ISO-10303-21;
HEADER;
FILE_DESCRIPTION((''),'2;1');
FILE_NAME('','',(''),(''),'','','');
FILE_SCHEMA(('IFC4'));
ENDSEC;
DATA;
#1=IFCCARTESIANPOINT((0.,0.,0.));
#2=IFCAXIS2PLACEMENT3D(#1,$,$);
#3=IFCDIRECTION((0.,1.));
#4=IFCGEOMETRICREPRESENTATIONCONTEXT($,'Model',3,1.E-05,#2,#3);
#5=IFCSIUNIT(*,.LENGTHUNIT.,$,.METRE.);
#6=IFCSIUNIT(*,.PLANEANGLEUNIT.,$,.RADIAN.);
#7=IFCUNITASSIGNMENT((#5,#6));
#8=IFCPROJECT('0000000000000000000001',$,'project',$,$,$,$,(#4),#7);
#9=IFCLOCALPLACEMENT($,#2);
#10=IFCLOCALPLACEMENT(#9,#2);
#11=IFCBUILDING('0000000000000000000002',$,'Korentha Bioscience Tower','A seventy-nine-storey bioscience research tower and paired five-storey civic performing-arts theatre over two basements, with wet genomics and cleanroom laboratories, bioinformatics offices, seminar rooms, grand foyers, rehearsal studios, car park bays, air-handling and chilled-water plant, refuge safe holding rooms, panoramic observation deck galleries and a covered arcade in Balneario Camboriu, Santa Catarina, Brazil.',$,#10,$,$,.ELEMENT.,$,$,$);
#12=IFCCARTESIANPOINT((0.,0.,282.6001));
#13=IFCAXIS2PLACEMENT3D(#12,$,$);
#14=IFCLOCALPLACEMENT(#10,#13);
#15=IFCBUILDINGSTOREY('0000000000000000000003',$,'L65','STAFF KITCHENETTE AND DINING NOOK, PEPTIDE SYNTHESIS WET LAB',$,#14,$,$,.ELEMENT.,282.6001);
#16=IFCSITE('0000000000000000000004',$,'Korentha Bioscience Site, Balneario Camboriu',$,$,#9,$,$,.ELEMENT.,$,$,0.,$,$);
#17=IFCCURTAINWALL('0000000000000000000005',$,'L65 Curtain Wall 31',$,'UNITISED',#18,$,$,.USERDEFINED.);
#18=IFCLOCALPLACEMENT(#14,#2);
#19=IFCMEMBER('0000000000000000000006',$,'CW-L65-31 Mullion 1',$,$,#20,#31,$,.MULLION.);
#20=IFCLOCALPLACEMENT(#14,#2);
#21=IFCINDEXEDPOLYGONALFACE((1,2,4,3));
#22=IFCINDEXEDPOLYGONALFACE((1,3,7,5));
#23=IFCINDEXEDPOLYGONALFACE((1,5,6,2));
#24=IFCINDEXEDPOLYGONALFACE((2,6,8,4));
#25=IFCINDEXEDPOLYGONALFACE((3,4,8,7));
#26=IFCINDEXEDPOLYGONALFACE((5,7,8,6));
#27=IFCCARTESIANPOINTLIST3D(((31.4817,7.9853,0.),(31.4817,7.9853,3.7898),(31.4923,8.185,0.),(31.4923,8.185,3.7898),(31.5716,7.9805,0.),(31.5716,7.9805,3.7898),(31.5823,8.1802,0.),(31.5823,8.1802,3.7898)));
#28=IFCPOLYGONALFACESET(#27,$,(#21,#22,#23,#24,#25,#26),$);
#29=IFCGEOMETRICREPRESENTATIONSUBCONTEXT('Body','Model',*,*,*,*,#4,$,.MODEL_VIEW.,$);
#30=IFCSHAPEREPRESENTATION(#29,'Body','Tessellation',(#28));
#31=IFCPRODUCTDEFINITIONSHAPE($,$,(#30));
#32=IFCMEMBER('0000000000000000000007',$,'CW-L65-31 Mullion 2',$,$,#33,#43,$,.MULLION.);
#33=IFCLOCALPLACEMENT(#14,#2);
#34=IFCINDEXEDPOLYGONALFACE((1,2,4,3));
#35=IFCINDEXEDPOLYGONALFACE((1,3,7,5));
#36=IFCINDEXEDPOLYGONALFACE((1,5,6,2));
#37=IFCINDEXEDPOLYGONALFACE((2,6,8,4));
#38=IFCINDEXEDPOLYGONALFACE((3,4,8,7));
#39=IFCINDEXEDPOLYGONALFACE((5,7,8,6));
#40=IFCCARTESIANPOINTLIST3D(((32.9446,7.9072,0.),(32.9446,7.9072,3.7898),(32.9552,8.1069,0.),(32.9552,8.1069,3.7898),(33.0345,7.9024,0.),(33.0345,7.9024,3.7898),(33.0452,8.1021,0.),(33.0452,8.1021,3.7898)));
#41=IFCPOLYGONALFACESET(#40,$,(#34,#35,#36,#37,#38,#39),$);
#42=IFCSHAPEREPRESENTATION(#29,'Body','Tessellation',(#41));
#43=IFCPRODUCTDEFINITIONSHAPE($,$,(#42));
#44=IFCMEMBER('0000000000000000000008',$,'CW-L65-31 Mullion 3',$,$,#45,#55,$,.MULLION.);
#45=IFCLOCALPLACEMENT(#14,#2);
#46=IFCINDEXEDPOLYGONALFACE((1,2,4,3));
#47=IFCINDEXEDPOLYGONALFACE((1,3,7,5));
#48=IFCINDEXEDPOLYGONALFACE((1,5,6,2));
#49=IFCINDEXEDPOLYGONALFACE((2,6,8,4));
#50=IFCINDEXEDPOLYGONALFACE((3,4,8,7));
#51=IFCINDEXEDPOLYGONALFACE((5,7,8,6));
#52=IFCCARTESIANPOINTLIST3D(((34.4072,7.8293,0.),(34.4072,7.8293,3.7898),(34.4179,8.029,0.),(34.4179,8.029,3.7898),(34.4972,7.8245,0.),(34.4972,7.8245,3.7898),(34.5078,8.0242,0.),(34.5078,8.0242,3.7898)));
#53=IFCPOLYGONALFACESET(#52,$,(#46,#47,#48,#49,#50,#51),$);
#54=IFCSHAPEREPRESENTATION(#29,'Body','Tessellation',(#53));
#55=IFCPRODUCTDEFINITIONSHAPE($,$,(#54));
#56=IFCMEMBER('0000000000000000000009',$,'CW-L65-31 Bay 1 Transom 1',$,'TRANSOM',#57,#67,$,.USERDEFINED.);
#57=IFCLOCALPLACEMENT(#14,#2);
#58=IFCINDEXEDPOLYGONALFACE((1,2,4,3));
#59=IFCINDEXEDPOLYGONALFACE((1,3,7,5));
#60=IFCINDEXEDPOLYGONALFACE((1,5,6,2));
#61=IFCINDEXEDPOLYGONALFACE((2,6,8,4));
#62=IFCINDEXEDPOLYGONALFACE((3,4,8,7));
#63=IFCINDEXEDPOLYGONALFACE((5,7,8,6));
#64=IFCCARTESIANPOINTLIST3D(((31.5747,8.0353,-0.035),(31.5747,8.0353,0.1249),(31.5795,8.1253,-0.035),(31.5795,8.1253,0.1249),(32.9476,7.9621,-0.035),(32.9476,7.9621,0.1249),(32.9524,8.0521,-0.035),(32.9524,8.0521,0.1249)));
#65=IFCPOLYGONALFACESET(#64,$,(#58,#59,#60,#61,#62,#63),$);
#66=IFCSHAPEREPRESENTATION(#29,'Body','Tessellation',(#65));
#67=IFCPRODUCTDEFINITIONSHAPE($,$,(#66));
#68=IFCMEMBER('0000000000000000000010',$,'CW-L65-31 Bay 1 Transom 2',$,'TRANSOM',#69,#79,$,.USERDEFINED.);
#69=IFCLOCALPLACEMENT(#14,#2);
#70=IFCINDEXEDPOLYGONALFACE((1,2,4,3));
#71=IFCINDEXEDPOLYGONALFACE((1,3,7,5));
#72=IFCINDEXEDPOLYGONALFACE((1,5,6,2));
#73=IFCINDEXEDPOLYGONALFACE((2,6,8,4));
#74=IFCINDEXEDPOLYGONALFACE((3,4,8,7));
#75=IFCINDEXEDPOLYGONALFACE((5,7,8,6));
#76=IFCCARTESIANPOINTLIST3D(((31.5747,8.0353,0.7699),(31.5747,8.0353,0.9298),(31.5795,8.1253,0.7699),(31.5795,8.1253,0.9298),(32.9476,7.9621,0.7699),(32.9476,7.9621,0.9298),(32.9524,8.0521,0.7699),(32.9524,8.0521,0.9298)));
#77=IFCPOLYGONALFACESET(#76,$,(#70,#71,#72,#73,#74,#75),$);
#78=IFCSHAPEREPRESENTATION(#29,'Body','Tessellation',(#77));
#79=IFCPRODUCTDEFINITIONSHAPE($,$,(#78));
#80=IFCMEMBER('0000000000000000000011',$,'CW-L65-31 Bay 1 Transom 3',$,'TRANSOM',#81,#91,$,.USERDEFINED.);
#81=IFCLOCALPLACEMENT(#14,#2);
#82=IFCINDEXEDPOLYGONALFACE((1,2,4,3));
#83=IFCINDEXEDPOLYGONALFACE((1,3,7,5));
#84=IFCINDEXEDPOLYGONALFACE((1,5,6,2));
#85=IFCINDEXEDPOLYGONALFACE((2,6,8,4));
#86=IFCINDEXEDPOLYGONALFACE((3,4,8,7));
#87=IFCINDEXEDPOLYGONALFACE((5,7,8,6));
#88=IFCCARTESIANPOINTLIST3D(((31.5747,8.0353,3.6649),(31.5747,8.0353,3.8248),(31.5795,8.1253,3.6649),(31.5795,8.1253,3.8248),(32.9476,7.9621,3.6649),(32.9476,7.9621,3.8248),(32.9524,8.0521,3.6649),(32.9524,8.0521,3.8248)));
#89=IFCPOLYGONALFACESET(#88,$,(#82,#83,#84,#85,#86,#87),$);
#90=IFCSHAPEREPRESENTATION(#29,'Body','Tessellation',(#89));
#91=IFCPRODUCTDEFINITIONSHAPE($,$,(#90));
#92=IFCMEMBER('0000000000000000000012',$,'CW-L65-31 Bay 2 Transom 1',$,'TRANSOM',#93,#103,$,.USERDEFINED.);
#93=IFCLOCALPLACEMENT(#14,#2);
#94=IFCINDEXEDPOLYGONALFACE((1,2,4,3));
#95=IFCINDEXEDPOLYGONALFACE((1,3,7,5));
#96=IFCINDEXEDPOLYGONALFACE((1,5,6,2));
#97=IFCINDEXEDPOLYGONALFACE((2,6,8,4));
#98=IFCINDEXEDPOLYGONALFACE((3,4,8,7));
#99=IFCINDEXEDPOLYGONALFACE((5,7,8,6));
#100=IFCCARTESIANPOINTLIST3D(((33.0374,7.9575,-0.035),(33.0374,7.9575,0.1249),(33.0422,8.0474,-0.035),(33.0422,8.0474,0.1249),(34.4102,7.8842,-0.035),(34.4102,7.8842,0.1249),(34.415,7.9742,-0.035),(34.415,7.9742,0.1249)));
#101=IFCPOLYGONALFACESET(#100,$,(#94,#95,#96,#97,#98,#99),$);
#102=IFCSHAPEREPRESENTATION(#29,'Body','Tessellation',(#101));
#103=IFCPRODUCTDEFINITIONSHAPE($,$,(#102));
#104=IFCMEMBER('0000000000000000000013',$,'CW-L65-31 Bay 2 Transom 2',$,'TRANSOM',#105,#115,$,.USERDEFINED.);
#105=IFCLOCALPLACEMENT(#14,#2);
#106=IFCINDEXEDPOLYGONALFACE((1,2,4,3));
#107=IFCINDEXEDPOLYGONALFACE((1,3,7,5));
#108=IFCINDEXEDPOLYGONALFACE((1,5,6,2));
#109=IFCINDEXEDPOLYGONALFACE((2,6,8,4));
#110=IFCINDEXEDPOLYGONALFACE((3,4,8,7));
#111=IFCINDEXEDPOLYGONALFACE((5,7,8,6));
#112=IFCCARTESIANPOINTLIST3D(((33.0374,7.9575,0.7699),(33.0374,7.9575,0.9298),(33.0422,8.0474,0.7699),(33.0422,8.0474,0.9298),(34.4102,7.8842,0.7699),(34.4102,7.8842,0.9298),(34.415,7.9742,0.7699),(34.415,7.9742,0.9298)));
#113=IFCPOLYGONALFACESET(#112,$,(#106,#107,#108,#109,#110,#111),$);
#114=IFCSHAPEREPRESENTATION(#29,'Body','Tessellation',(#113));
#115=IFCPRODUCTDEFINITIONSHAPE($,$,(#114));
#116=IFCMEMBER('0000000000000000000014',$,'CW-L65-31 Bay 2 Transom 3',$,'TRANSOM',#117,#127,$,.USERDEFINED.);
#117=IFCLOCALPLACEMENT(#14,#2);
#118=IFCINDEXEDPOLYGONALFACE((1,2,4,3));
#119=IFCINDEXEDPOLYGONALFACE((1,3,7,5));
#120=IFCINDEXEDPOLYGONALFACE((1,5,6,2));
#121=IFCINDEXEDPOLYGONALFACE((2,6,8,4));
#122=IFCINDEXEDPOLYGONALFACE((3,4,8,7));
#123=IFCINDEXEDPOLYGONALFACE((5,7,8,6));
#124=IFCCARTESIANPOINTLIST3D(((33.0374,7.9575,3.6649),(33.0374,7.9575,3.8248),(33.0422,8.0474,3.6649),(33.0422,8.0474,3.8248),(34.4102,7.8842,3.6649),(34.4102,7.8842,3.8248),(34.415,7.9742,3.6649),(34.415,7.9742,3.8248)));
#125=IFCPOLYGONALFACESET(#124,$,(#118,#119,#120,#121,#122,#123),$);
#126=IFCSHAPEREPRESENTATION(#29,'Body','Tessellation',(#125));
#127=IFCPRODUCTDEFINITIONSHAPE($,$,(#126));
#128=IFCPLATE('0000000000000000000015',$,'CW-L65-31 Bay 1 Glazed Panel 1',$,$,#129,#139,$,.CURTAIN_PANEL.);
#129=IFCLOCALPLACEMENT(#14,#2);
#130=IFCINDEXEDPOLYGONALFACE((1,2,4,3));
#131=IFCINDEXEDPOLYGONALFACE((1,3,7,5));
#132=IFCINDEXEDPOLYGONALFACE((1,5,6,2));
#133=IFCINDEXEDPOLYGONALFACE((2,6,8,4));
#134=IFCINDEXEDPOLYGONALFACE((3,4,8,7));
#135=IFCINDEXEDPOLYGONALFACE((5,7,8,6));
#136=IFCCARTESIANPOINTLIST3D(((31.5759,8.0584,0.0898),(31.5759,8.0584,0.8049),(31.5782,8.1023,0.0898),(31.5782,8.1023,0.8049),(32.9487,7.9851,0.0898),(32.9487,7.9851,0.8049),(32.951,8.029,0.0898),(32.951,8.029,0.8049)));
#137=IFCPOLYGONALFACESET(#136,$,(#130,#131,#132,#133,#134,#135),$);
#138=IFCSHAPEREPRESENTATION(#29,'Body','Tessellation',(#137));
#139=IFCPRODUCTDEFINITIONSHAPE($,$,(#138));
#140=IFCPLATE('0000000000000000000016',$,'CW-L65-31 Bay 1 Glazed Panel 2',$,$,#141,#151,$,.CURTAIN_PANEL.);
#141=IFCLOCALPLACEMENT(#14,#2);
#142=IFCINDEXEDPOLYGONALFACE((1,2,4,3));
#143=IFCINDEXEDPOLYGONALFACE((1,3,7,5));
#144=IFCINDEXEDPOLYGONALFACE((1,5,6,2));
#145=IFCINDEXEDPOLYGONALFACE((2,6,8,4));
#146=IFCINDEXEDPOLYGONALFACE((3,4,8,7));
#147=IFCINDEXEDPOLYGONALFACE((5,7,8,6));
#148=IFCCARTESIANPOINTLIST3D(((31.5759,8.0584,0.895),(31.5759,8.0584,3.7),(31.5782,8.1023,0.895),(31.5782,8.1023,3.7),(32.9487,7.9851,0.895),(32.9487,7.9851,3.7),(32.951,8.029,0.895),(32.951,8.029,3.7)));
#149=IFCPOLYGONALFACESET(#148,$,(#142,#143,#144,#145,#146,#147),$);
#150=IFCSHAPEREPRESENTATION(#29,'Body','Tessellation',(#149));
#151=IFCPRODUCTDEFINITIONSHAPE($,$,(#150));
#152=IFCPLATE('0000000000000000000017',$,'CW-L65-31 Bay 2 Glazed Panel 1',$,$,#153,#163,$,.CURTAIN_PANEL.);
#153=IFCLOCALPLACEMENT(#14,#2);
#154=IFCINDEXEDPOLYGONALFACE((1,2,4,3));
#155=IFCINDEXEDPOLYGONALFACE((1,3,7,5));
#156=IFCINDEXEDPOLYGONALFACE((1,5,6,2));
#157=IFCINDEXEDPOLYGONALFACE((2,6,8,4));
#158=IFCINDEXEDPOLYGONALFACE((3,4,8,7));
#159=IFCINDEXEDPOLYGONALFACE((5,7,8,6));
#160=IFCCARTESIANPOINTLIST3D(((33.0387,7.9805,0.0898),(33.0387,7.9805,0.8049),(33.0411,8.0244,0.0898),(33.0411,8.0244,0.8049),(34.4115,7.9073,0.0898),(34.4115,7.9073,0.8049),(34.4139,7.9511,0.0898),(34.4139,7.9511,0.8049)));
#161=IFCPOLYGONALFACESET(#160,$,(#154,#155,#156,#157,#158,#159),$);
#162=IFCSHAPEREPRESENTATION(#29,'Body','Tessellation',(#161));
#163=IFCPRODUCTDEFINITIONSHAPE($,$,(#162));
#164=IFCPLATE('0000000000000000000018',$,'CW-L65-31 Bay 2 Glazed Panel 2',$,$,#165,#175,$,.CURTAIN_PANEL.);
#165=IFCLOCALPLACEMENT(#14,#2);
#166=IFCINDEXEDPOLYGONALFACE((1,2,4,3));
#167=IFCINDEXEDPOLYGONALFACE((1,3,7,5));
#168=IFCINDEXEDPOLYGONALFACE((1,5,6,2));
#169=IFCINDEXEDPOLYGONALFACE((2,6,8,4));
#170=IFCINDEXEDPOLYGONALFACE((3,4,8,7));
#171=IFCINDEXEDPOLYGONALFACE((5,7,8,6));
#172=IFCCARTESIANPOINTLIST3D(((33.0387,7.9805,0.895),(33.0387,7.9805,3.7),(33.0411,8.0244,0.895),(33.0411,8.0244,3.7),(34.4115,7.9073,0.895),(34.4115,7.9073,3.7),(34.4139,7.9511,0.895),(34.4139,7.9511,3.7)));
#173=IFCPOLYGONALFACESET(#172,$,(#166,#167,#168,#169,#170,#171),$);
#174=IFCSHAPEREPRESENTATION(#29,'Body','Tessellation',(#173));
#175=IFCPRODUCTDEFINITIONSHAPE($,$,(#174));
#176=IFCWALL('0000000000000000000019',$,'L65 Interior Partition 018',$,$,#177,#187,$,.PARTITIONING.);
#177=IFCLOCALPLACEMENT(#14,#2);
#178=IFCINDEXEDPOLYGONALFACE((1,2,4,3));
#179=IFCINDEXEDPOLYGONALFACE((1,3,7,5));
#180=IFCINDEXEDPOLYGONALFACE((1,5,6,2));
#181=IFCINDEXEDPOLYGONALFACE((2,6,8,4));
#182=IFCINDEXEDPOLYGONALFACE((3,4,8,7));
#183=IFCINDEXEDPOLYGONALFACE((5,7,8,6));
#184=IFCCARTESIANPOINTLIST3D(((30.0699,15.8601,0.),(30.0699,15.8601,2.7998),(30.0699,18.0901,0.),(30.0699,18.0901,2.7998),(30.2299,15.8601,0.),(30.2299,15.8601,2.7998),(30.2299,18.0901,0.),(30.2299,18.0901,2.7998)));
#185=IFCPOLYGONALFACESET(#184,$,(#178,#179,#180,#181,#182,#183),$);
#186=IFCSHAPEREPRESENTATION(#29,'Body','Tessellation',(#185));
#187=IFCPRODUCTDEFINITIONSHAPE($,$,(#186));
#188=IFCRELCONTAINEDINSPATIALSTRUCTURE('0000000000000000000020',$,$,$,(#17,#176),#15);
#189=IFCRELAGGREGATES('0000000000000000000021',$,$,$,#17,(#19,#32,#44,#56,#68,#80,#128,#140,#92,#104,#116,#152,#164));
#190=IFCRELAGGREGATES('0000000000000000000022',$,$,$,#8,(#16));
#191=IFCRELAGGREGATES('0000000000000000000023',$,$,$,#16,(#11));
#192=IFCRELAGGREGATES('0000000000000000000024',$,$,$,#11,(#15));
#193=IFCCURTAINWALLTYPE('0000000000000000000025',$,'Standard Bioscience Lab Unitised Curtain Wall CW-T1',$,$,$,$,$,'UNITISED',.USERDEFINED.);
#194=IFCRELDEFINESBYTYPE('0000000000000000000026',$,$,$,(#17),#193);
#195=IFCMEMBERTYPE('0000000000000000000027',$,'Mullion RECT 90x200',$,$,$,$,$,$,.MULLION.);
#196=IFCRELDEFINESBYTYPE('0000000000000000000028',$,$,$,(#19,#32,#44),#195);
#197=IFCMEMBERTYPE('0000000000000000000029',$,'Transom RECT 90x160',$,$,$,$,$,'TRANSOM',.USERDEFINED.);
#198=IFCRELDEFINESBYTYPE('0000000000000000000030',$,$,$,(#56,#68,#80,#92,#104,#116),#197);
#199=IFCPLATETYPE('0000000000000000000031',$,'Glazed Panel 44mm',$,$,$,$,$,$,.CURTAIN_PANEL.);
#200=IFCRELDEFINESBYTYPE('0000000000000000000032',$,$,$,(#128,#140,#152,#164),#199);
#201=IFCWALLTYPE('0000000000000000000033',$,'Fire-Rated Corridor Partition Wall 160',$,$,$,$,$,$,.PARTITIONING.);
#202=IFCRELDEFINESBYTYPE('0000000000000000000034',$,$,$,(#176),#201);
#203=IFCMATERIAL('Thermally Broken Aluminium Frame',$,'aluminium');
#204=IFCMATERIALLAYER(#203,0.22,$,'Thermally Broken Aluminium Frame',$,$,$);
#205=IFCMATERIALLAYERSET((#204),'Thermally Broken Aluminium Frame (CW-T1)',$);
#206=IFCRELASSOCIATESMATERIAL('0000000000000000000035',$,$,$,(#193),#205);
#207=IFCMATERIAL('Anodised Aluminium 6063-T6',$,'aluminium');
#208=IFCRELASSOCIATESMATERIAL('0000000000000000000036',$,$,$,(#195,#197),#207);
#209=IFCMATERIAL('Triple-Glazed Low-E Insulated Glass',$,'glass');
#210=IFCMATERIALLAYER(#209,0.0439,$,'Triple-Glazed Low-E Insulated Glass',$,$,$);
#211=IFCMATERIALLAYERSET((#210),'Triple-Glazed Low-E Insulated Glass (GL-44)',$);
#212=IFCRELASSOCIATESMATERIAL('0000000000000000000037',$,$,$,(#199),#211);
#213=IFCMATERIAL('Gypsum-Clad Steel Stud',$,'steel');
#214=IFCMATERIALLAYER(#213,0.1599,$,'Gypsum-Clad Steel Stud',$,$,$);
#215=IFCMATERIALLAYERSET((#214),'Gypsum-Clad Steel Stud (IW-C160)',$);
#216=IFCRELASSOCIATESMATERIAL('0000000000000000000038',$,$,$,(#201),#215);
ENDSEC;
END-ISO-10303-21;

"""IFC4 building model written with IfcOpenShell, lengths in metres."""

from ifc_helpers import new_model, si_unit, direction, frame, frame_2d, origin, origin_2d, place, context, subcontext, project, spatial, rectangle, extrude, material, layer, layer_set, material_profile, profile_set, type_object, element, aggregate, save


model = new_model("IFC4")

# Units and contexts
model_context = context("Model", 3, precision=1e-05, world=origin(), true_north=direction((0.0, 1.0)))
body_context = subcontext(model_context, "Body", "Model", "MODEL_VIEW")
ifc_project = project(units=[si_unit("LENGTHUNIT", "METRE"), si_unit("PLANEANGLEUNIT", "RADIAN")], contexts=[model_context])

# Site, building, storey
site_placement = place(None, origin())
site = spatial("IfcSite", under=ifc_project, at=site_placement, Name="Korentha Bioscience Site, Balneario Camboriu", CompositionType="ELEMENT", RefElevation=0.0)
building_placement = place(site_placement, origin())
building = spatial("IfcBuilding", under=site, at=building_placement, Name="Korentha Bioscience Tower", Description="A seventy-nine-storey bioscience research tower and paired five-storey civic performing-arts theatre over two basements, with wet genomics and cleanroom laboratories, bioinformatics offices, seminar rooms, grand foyers, rehearsal studios, car park bays, air-handling and chilled-water plant, refuge safe holding rooms, panoramic observation deck galleries and a covered arcade in Balneario Camboriu, Santa Catarina, Brazil.", CompositionType="ELEMENT")
storey_placement = place(building_placement, frame((0.0, 0.0, 282.6001)))
storey = spatial("IfcBuildingStorey", under=building, at=storey_placement, Name="L65", Description="STAFF KITCHENETTE AND DINING NOOK, PEPTIDE SYNTHESIS WET LAB", CompositionType="ELEMENT", Elevation=282.6001)

# Curtain wall, members, plates
ifc_material_1 = material(Name="Thermally Broken Aluminium Frame", Category="aluminium")
ifc_layer_1 = layer(ifc_material_1, 0.22, Name="Thermally Broken Aluminium Frame")
ifc_layer_set_1 = layer_set([ifc_layer_1], Name="Thermally Broken Aluminium Frame (CW-T1)")
curtain_wall_type = type_object("IfcCurtainWallType", Name="Standard Bioscience Lab Unitised Curtain Wall CW-T1", ElementType="UNITISED", PredefinedType="USERDEFINED", material=ifc_layer_set_1)
curtain_wall_placement = place(storey_placement, origin())
curtain_wall = element("IfcCurtainWall", 1, at=curtain_wall_placement, inside=storey, type_object=curtain_wall_type, Name="L65 Curtain Wall 31", ObjectType="UNITISED", PredefinedType="USERDEFINED")
ifc_material_2 = material(Name="Anodised Aluminium 6063-T6", Category="aluminium")
ifc_material_profile_1 = material_profile(ifc_material_2, rectangle(XDim=0.0901, YDim=0.2, at=origin_2d()), Name="Anodised Aluminium 6063-T6")
ifc_profile_set_1 = profile_set([ifc_material_profile_1], Name="Anodised Aluminium 6063-T6 (CW-MUL)")
member_type_1 = type_object("IfcMemberType", Name="Mullion RECT 90x200", PredefinedType="MULLION", material=ifc_profile_set_1)
member_1_placement = place(storey_placement, frame((31.532, 8.0828, 0.0), z_axis=(0.0, 0.0, 1.0), x_axis=(0.998579, -0.053285, 0.0)))
member_1 = element("IfcMember", 2, at=member_1_placement, type_object=member_type_1, Name="CW-L65-31 Mullion 1", PredefinedType="MULLION", context=body_context, shape_type="SweptSolid", body=[
    extrude(rectangle(XDim=0.0901, YDim=0.2, at=origin_2d()), origin(), (0.0, 0.0, 1.0), 3.7898),
])
member_2_placement = place(storey_placement, frame((32.9949, 8.0046, 0.0), z_axis=(0.0, 0.0, 1.0), x_axis=(0.998579, -0.053285, 0.0)))
member_2 = element("IfcMember", 3, at=member_2_placement, type_object=member_type_1, Name="CW-L65-31 Mullion 2", PredefinedType="MULLION", context=body_context, shape_type="SweptSolid", body=[
    extrude(rectangle(XDim=0.0901, YDim=0.2, at=origin_2d()), origin(), (0.0, 0.0, 1.0), 3.7898),
])
member_3_placement = place(storey_placement, frame((34.4575, 7.9268, 0.0), z_axis=(0.0, 0.0, 1.0), x_axis=(0.998579, -0.053285, 0.0)))
member_3 = element("IfcMember", 4, at=member_3_placement, type_object=member_type_1, Name="CW-L65-31 Mullion 3", PredefinedType="MULLION", context=body_context, shape_type="SweptSolid", body=[
    extrude(rectangle(XDim=0.0901, YDim=0.2, at=origin_2d()), origin(), (0.0, 0.0, 1.0), 3.7898),
])
ifc_material_profile_2 = material_profile(ifc_material_2, rectangle(XDim=0.0901, YDim=0.1599, at=origin_2d()), Name="Anodised Aluminium 6063-T6")
ifc_profile_set_2 = profile_set([ifc_material_profile_2], Name="Anodised Aluminium 6063-T6 (CW-TRN)")
member_type_2 = type_object("IfcMemberType", Name="Transom RECT 90x160", ElementType="TRANSOM", PredefinedType="USERDEFINED", material=ifc_profile_set_2)
member_4_placement = place(storey_placement, frame((31.5771, 8.0803, 0.0449), z_axis=(0.99858, -0.053277, 0.0), x_axis=(0.053277, 0.99858, 0.0)))
member_4 = element("IfcMember", 5, at=member_4_placement, type_object=member_type_2, Name="CW-L65-31 Bay 1 Transom 1", ObjectType="TRANSOM", PredefinedType="USERDEFINED", context=body_context, shape_type="SweptSolid", body=[
    extrude(rectangle(XDim=0.0901, YDim=0.1599, at=origin_2d()), origin(), (0.0, 0.0, 1.0), 1.3748),
])
member_5_placement = place(storey_placement, frame((31.5771, 8.0803, 0.8499), z_axis=(0.99858, -0.053277, 0.0), x_axis=(0.053277, 0.99858, 0.0)))
member_5 = element("IfcMember", 6, at=member_5_placement, type_object=member_type_2, Name="CW-L65-31 Bay 1 Transom 2", ObjectType="TRANSOM", PredefinedType="USERDEFINED", context=body_context, shape_type="SweptSolid", body=[
    extrude(rectangle(XDim=0.0901, YDim=0.1599, at=origin_2d()), origin(), (0.0, 0.0, 1.0), 1.3748),
])
member_6_placement = place(storey_placement, frame((31.5771, 8.0803, 3.7449), z_axis=(0.99858, -0.053277, 0.0), x_axis=(0.053277, 0.99858, 0.0)))
member_6 = element("IfcMember", 7, at=member_6_placement, type_object=member_type_2, Name="CW-L65-31 Bay 1 Transom 3", ObjectType="TRANSOM", PredefinedType="USERDEFINED", context=body_context, shape_type="SweptSolid", body=[
    extrude(rectangle(XDim=0.0901, YDim=0.1599, at=origin_2d()), origin(), (0.0, 0.0, 1.0), 1.3748),
])
member_7_placement = place(storey_placement, frame((33.0398, 8.0024, 0.0449), z_axis=(0.99858, -0.053277, 0.0), x_axis=(0.053277, 0.99858, 0.0)))
member_7 = element("IfcMember", 8, at=member_7_placement, type_object=member_type_2, Name="CW-L65-31 Bay 2 Transom 1", ObjectType="TRANSOM", PredefinedType="USERDEFINED", context=body_context, shape_type="SweptSolid", body=[
    extrude(rectangle(XDim=0.0901, YDim=0.1599, at=origin_2d()), origin(), (0.0, 0.0, 1.0), 1.3748),
])
member_8_placement = place(storey_placement, frame((33.0398, 8.0024, 0.8499), z_axis=(0.99858, -0.053277, 0.0), x_axis=(0.053277, 0.99858, 0.0)))
member_8 = element("IfcMember", 9, at=member_8_placement, type_object=member_type_2, Name="CW-L65-31 Bay 2 Transom 2", ObjectType="TRANSOM", PredefinedType="USERDEFINED", context=body_context, shape_type="SweptSolid", body=[
    extrude(rectangle(XDim=0.0901, YDim=0.1599, at=origin_2d()), origin(), (0.0, 0.0, 1.0), 1.3748),
])
member_9_placement = place(storey_placement, frame((33.0398, 8.0024, 3.7449), z_axis=(0.99858, -0.053277, 0.0), x_axis=(0.053277, 0.99858, 0.0)))
member_9 = element("IfcMember", 10, at=member_9_placement, type_object=member_type_2, Name="CW-L65-31 Bay 2 Transom 3", ObjectType="TRANSOM", PredefinedType="USERDEFINED", context=body_context, shape_type="SweptSolid", body=[
    extrude(rectangle(XDim=0.0901, YDim=0.1599, at=origin_2d()), origin(), (0.0, 0.0, 1.0), 1.3748),
])
ifc_material_3 = material(Name="Triple-Glazed Low-E Insulated Glass", Category="glass")
ifc_layer_2 = layer(ifc_material_3, 0.0439, Name="Triple-Glazed Low-E Insulated Glass")
ifc_layer_set_2 = layer_set([ifc_layer_2], Name="Triple-Glazed Low-E Insulated Glass (GL-44)")
plate_type = type_object("IfcPlateType", Name="Glazed Panel 44mm", PredefinedType="CURTAIN_PANEL", material=ifc_layer_set_2)
plate_1_placement = place(storey_placement, frame((32.2634, 8.0437, 0.0898), z_axis=(0.0, 0.0, 1.0), x_axis=(0.998579, -0.053285, 0.0)))
plate_1 = element("IfcPlate", 11, at=plate_1_placement, type_object=plate_type, Name="CW-L65-31 Bay 1 Glazed Panel 1", PredefinedType="CURTAIN_PANEL", context=body_context, shape_type="SweptSolid", body=[
    extrude(rectangle(XDim=1.3748, YDim=0.0439, at=origin_2d()), origin(), (0.0, 0.0, 1.0), 0.7151),
])
plate_2_placement = place(storey_placement, frame((32.2634, 8.0437, 0.895), z_axis=(0.0, 0.0, 1.0), x_axis=(0.998579, -0.053285, 0.0)))
plate_2 = element("IfcPlate", 12, at=plate_2_placement, type_object=plate_type, Name="CW-L65-31 Bay 1 Glazed Panel 2", PredefinedType="CURTAIN_PANEL", context=body_context, shape_type="SweptSolid", body=[
    extrude(rectangle(XDim=1.3748, YDim=0.0439, at=origin_2d()), origin(), (0.0, 0.0, 1.0), 2.8049),
])
plate_3_placement = place(storey_placement, frame((33.7263, 7.9658, 0.0898), z_axis=(0.0, 0.0, 1.0), x_axis=(0.998579, -0.053285, 0.0)))
plate_3 = element("IfcPlate", 13, at=plate_3_placement, type_object=plate_type, Name="CW-L65-31 Bay 2 Glazed Panel 1", PredefinedType="CURTAIN_PANEL", context=body_context, shape_type="SweptSolid", body=[
    extrude(rectangle(XDim=1.3748, YDim=0.0439, at=origin_2d()), origin(), (0.0, 0.0, 1.0), 0.7151),
])
plate_4_placement = place(storey_placement, frame((33.7263, 7.9658, 0.895), z_axis=(0.0, 0.0, 1.0), x_axis=(0.998579, -0.053285, 0.0)))
plate_4 = element("IfcPlate", 14, at=plate_4_placement, type_object=plate_type, Name="CW-L65-31 Bay 2 Glazed Panel 2", PredefinedType="CURTAIN_PANEL", context=body_context, shape_type="SweptSolid", body=[
    extrude(rectangle(XDim=1.3748, YDim=0.0439, at=origin_2d()), origin(), (0.0, 0.0, 1.0), 2.8049),
])
aggregate(curtain_wall, [member_1, member_2, member_3, member_4, member_5, member_6, plate_1, plate_2, member_7, member_8, member_9, plate_3, plate_4])

# Shared definitions
ifc_material_4 = material(Name="Gypsum-Clad Steel Stud", Category="steel")
ifc_layer_3 = layer(ifc_material_4, 0.1599, Name="Gypsum-Clad Steel Stud")
ifc_layer_set_3 = layer_set([ifc_layer_3], Name="Gypsum-Clad Steel Stud (IW-C160)")
wall_type_1 = type_object("IfcWallType", Name="Fire-Rated Corridor Partition Wall 160", PredefinedType="PARTITIONING", material=ifc_layer_set_3)

# Wall
wall_1_placement = place(storey_placement, frame((30.1499, 15.8601, 0.0), z_axis=(0.0, 0.0, 1.0), x_axis=(0.0, 1.0, 0.0)))
element("IfcWall", 15, at=wall_1_placement, inside=storey, type_object=wall_type_1, Name="L65 Interior Partition 018", PredefinedType="PARTITIONING", context=body_context, shape_type="SweptSolid", body=[
    extrude(rectangle(XDim=2.23, YDim=0.1599, at=frame_2d((1.115, 0.0))), origin(), (0.0, 0.0, 1.0), 2.7998),
])

save(model, "model.ifc")
